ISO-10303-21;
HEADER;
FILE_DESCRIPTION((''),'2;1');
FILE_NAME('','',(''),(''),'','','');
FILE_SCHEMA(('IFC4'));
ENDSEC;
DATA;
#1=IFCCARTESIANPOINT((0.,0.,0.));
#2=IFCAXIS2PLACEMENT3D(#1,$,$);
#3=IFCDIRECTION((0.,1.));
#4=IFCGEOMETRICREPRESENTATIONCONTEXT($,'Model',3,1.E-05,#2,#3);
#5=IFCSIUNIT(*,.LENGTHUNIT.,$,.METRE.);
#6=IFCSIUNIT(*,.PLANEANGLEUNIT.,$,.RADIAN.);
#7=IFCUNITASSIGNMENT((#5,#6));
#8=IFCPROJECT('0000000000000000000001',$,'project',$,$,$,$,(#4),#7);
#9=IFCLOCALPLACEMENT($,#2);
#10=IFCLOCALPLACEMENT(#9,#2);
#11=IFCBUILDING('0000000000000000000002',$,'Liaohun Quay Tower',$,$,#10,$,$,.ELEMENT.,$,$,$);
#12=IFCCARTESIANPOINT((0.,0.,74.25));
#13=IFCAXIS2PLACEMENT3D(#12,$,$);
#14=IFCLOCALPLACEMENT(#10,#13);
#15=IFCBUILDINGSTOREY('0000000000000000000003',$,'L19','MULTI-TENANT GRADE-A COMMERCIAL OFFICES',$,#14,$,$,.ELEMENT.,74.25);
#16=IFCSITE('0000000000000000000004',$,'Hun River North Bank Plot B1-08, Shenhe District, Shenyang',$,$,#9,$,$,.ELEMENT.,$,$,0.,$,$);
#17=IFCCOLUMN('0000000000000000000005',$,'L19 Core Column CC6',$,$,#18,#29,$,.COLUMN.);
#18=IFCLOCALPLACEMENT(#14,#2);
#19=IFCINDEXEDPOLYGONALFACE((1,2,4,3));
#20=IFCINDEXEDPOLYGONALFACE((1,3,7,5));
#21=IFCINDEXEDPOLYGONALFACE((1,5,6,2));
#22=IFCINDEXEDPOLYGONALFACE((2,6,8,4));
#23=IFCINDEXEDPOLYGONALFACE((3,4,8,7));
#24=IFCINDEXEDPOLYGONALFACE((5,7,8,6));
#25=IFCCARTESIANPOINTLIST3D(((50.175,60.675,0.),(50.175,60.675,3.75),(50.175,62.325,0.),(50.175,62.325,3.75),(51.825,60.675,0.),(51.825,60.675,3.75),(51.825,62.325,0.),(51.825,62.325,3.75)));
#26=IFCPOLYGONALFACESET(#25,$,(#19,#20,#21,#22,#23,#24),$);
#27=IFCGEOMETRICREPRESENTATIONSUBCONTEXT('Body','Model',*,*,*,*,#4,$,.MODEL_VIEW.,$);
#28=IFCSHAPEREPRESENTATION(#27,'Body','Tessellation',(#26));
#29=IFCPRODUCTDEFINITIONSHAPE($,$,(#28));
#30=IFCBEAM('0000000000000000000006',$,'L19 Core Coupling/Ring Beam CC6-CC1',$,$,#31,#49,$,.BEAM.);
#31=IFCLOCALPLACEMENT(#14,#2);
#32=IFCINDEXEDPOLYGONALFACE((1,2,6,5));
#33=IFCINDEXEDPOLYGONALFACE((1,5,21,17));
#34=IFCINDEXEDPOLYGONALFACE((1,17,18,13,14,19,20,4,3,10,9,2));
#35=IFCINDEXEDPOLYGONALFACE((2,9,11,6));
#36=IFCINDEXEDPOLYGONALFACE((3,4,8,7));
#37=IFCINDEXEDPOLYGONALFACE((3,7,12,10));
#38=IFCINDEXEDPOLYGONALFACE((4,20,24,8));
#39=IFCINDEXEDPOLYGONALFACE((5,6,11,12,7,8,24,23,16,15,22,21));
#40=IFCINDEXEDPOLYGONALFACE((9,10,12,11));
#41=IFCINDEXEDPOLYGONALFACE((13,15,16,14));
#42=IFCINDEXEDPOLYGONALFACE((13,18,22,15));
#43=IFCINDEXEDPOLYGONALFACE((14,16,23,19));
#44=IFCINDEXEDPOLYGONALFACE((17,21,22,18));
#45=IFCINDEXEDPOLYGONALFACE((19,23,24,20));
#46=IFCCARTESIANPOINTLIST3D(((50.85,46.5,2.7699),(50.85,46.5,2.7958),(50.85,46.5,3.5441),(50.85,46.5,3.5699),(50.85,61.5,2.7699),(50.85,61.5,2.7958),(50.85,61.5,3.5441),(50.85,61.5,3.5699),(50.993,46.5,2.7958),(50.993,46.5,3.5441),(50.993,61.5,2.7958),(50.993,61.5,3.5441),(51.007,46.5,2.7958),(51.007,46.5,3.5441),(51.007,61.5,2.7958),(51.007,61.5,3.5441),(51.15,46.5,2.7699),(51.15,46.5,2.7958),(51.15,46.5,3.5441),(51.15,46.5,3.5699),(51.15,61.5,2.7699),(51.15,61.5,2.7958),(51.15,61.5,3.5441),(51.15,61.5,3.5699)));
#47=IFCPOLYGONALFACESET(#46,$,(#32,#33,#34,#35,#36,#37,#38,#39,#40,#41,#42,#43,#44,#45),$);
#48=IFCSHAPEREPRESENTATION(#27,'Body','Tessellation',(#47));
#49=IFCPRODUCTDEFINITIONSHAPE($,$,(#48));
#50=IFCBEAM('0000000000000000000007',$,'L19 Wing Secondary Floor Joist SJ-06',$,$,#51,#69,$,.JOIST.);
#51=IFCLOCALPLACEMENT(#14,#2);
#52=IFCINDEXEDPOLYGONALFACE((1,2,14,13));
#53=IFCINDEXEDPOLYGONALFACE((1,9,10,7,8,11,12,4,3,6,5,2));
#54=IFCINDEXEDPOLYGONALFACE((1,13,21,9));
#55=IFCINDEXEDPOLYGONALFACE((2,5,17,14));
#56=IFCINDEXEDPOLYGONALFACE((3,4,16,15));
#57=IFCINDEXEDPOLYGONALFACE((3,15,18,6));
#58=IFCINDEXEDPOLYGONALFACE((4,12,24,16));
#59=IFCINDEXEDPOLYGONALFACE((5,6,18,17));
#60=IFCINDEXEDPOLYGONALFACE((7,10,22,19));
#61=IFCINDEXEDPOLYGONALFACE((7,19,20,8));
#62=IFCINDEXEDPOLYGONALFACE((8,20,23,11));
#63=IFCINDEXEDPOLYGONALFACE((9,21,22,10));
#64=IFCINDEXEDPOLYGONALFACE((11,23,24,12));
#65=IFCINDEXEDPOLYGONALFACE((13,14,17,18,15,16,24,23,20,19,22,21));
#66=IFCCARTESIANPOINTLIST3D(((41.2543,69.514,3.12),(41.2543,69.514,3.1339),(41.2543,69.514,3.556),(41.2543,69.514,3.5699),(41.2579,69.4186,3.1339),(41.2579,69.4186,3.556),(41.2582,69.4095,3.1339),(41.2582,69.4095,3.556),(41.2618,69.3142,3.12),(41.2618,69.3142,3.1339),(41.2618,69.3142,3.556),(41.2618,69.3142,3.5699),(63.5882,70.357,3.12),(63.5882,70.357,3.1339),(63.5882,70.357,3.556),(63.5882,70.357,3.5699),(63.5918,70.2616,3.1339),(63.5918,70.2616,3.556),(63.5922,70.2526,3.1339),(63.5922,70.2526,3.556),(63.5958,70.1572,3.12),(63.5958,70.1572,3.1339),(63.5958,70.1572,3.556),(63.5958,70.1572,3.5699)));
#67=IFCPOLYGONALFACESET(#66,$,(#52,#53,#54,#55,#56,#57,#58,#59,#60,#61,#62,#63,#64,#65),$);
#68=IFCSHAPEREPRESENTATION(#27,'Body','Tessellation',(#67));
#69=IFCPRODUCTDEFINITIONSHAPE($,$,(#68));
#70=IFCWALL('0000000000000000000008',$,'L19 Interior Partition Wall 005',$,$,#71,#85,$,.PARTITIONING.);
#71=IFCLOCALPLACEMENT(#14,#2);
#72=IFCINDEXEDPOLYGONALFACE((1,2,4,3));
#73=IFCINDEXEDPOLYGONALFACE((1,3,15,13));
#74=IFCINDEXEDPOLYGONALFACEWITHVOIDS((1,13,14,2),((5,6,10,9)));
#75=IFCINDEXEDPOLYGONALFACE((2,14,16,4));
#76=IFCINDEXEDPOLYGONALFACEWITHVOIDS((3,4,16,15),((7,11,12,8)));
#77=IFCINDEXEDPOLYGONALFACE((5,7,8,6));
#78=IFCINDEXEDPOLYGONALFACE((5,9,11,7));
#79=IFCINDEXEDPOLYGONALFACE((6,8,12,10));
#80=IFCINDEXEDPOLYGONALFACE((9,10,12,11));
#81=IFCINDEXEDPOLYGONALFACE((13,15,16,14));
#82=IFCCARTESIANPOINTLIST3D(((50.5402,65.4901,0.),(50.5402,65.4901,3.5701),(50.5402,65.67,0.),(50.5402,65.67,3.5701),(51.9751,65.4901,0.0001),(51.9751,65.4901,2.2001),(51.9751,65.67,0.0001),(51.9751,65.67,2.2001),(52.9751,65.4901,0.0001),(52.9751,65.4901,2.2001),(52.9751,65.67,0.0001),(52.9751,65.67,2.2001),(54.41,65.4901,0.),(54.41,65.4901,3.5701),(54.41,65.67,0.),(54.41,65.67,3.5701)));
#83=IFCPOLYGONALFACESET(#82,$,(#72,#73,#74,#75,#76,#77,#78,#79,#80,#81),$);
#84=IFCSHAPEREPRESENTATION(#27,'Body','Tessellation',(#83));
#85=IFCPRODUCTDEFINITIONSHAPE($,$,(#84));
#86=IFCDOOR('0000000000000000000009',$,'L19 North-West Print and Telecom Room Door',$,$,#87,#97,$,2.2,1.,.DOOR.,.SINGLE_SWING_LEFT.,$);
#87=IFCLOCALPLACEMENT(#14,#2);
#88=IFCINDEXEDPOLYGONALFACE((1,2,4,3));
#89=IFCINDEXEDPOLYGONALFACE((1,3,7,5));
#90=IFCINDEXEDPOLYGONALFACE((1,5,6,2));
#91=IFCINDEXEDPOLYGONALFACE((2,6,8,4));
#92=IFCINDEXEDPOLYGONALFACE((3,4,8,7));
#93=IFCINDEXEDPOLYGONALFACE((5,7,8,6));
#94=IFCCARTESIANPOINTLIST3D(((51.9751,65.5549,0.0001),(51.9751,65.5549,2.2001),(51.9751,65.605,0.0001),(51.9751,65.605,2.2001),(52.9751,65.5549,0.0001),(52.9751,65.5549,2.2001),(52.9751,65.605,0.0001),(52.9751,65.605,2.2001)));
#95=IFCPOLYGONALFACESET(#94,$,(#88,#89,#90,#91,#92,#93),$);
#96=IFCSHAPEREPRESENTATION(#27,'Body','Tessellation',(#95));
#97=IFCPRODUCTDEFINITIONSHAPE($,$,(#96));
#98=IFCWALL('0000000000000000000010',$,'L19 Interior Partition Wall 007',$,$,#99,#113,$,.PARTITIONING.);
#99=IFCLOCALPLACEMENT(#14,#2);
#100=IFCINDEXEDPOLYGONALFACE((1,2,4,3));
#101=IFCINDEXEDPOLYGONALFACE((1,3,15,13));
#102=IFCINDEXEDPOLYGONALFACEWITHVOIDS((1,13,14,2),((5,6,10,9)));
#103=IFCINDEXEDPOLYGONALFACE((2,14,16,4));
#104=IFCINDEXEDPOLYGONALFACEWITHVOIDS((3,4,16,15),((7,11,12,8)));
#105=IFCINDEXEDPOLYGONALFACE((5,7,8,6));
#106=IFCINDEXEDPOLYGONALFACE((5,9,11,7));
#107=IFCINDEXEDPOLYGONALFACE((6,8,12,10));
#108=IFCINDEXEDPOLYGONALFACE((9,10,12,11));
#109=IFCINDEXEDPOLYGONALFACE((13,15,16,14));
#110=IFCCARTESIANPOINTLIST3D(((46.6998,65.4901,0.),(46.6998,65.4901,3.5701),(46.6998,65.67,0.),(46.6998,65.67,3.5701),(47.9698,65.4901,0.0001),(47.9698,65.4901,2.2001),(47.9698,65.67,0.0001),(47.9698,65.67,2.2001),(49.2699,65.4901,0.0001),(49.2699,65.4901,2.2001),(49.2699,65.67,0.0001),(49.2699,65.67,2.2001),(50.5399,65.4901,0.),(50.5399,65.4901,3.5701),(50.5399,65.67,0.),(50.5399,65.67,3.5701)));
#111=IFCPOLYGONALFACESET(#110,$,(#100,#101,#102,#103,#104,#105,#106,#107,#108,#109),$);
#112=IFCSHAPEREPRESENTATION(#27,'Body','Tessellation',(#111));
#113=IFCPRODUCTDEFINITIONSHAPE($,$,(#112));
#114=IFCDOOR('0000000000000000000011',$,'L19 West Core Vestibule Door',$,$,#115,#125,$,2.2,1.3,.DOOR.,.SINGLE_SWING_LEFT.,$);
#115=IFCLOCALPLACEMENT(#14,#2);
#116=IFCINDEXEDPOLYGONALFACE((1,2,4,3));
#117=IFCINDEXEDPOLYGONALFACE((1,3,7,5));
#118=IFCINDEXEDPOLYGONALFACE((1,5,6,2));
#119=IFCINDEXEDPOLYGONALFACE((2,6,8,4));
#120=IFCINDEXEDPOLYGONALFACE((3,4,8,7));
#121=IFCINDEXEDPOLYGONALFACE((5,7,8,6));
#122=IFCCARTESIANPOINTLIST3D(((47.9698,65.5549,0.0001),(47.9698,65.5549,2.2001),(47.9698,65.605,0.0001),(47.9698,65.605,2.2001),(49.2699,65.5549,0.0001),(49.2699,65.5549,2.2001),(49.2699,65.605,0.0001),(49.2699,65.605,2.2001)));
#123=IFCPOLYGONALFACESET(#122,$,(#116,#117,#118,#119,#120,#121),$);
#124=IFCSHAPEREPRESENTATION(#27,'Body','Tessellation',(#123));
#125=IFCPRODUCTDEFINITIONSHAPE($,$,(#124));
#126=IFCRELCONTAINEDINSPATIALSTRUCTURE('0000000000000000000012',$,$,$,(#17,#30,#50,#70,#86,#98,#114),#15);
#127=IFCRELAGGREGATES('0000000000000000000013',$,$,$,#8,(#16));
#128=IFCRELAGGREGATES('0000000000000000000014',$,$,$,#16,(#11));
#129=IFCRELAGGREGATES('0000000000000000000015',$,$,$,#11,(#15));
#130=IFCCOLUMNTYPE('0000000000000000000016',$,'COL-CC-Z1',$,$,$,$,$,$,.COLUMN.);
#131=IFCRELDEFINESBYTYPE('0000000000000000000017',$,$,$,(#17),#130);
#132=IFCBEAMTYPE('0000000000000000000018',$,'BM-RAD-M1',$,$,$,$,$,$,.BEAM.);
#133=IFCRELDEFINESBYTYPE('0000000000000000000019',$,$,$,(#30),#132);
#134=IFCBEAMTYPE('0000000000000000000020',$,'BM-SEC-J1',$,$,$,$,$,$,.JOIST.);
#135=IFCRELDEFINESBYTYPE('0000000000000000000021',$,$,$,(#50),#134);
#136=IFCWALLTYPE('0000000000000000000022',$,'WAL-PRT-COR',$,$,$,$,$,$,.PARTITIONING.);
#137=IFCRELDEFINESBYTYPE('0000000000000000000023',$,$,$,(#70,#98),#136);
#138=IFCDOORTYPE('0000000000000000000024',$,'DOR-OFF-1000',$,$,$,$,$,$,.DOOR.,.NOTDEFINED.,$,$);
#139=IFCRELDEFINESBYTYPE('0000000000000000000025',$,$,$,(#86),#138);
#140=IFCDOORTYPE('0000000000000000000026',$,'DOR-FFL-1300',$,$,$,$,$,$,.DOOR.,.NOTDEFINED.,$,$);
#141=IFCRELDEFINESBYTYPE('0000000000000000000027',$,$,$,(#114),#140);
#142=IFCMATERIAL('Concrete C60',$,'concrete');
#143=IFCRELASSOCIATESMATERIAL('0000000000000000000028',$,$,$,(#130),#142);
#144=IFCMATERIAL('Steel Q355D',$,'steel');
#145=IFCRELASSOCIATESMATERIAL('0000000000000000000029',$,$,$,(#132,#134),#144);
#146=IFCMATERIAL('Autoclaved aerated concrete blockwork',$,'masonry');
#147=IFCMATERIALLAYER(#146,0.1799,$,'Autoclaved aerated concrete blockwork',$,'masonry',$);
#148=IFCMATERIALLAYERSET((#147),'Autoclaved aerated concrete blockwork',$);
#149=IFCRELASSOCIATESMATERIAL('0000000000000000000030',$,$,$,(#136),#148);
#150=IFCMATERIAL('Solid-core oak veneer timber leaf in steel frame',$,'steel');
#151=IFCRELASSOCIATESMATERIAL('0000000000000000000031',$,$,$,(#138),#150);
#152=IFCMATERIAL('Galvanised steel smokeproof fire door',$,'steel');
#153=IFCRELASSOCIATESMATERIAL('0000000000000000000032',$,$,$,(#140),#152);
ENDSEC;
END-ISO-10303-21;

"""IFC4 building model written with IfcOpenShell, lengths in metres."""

from ifc_helpers import new_model, si_unit, direction, frame, frame_2d, origin, origin_2d, place, context, subcontext, project, spatial, rectangle, i_section, extrude, source, transform, mapped, material, layer, layer_set, material_profile, profile_set, type_object, element, fill, save


model = new_model("IFC4")

# Units and contexts
model_context = context("Model", 3, precision=1e-05, world=origin(), true_north=direction((0.0, 1.0)))
body_context = subcontext(model_context, "Body", "Model", "MODEL_VIEW")
ifc_project = project(units=[si_unit("LENGTHUNIT", "METRE"), si_unit("PLANEANGLEUNIT", "RADIAN")], contexts=[model_context])

# Site, building, storey
site_placement = place(None, origin())
site = spatial("IfcSite", under=ifc_project, at=site_placement, Name="Hun River North Bank Plot B1-08, Shenhe District, Shenyang", CompositionType="ELEMENT", RefElevation=0.0)
building_placement = place(site_placement, origin())
building = spatial("IfcBuilding", under=site, at=building_placement, Name="Liaohun Quay Tower", CompositionType="ELEMENT")
storey_placement = place(building_placement, frame((0.0, 0.0, 74.25)))
storey = spatial("IfcBuildingStorey", under=building, at=storey_placement, Name="L19", Description="MULTI-TENANT GRADE-A COMMERCIAL OFFICES", CompositionType="ELEMENT", Elevation=74.25)

# Column
ifc_material_1 = material(Name="Concrete C60", Category="concrete")
ifc_material_profile_1 = material_profile(ifc_material_1, rectangle(XDim=1.6499, YDim=1.6499, at=origin_2d()), Name="RC1650x1650")
ifc_profile_set_1 = profile_set([ifc_material_profile_1], Name="Concrete C60")
column_type = type_object("IfcColumnType", Name="COL-CC-Z1", PredefinedType="COLUMN", material=ifc_profile_set_1)
shared_shape_1 = source(origin(), body_context, "Body", "SweptSolid", [
    extrude(rectangle(XDim=1.6499, YDim=1.6499, at=origin_2d()), origin(), (0.0, 0.0, 1.0), 3.75),
])
column_placement = place(storey_placement, frame((51.0, 61.5, 0.0), z_axis=(0.0, 0.0, 1.0), x_axis=(1.0, 0.0, 0.0)))
element("IfcColumn", 1, at=column_placement, inside=storey, type_object=column_type, Name="L19 Core Column CC6", PredefinedType="COLUMN", context=body_context, shape_type="MappedRepresentation", body=[
    mapped(shared_shape_1, transform((0.0, 0.0, 0.0), x_axis=(1.0, 0.0, 0.0), y_axis=(0.0, 1.0, 0.0), z_axis=(0.0, 0.0, 1.0), scale=1.0)),
])

# Beams
ifc_material_2 = material(Name="Steel Q355D", Category="steel")
ifc_material_profile_2 = material_profile(ifc_material_2, i_section(OverallWidth=0.3, OverallDepth=0.8, WebThickness=0.0139, FlangeThickness=0.0259, at=origin_2d()), Name="HN800x300x14x26")
ifc_profile_set_2 = profile_set([ifc_material_profile_2], Name="Steel Q355D")
beam_type_1 = type_object("IfcBeamType", Name="BM-RAD-M1", PredefinedType="BEAM", material=ifc_profile_set_2)
shared_shape_2 = source(origin(), body_context, "Body", "SweptSolid", [
    extrude(i_section(OverallWidth=0.3, OverallDepth=0.8, WebThickness=0.0139, FlangeThickness=0.0259, at=origin_2d()), origin(), (0.0, 0.0, 1.0), 15.0),
])
beam_1_placement = place(storey_placement, frame((51.0, 61.5, 3.1699), z_axis=(0.0, -1.0, 0.0), x_axis=(1.0, 0.0, 0.0)))
element("IfcBeam", 2, at=beam_1_placement, inside=storey, type_object=beam_type_1, Name="L19 Core Coupling/Ring Beam CC6-CC1", PredefinedType="BEAM", context=body_context, shape_type="MappedRepresentation", body=[
    mapped(shared_shape_2, transform((0.0, 0.0, 0.0), x_axis=(1.0, 0.0, 0.0), y_axis=(0.0, 1.0, 0.0), z_axis=(0.0, 0.0, 1.0), scale=1.0)),
])
ifc_material_profile_3 = material_profile(ifc_material_2, i_section(OverallWidth=0.2, OverallDepth=0.45, WebThickness=0.009, FlangeThickness=0.0139, at=origin_2d()), Name="HN450x200x9x14")
ifc_profile_set_3 = profile_set([ifc_material_profile_3], Name="Steel Q355D")
beam_type_2 = type_object("IfcBeamType", Name="BM-SEC-J1", PredefinedType="JOIST", material=ifc_profile_set_3)
shared_shape_3 = source(origin(), body_context, "Body", "SweptSolid", [
    extrude(i_section(OverallWidth=0.2, OverallDepth=0.45, WebThickness=0.009, FlangeThickness=0.0139, at=origin_2d()), origin(), (0.0, 0.0, 1.0), 22.3499),
])
beam_2_placement = place(storey_placement, frame((41.2581, 69.4141, 3.345), z_axis=(0.999288, 0.037719, 0.0), x_axis=(-0.037719, 0.999288, 0.0)))
element("IfcBeam", 3, at=beam_2_placement, inside=storey, type_object=beam_type_2, Name="L19 Wing Secondary Floor Joist SJ-06", PredefinedType="JOIST", context=body_context, shape_type="MappedRepresentation", body=[
    mapped(shared_shape_3, transform((0.0, 0.0, 0.0), x_axis=(1.0, 0.0, 0.0), y_axis=(0.0, 1.0, 0.0), z_axis=(0.0, 0.0, 1.0), scale=1.0)),
])

# Walls, openings, doors
ifc_material_3 = material(Name="Autoclaved aerated concrete blockwork", Category="masonry")
ifc_layer_1 = layer(ifc_material_3, 0.1799, Name="Autoclaved aerated concrete blockwork", Category="masonry")
ifc_layer_set_1 = layer_set([ifc_layer_1], Name="Autoclaved aerated concrete blockwork")
wall_type_1 = type_object("IfcWallType", Name="WAL-PRT-COR", PredefinedType="PARTITIONING", material=ifc_layer_set_1)
wall_1_placement = place(storey_placement, frame((50.54, 65.5801, 0.0), z_axis=(0.0, 0.0, 1.0), x_axis=(1.0, 0.0, 0.0)))
wall_1 = element("IfcWall", 4, at=wall_1_placement, inside=storey, type_object=wall_type_1, Name="L19 Interior Partition Wall 005", PredefinedType="PARTITIONING", context=body_context, shape_type="SweptSolid", body=[
    extrude(rectangle(XDim=3.8699, YDim=0.1799, at=frame_2d((1.9351, 0.0))), origin(), (0.0, 0.0, 1.0), 3.5701),
])
shared_shape_4 = source(origin(), body_context, "Body", "SweptSolid", [
    extrude(rectangle(XDim=1.0, YDim=2.2, at=frame_2d((0.5, 1.1001))), frame((0.0, 0.0999, 0.0), z_axis=(0.0, -1.0, 0.0), x_axis=(1.0, 0.0, 0.0)), (0.0, 0.0, 1.0), 0.2),
])
opening_1_placement = place(wall_1_placement, frame((1.4351, 0.0, 0.0)))
opening_1 = element("IfcOpeningElement", 5, at=opening_1_placement, cuts=wall_1, PredefinedType="OPENING", context=body_context, shape_type="MappedRepresentation", body=[
    mapped(shared_shape_4, transform((0.0, 0.0, 0.0), x_axis=(1.0, 0.0, 0.0), y_axis=(0.0, 1.0, 0.0), z_axis=(0.0, 0.0, 1.0), scale=1.0)),
])
ifc_material_4 = material(Name="Solid-core oak veneer timber leaf in steel frame", Category="steel")
door_type_1 = type_object("IfcDoorType", Name="DOR-OFF-1000", OperationType="NOTDEFINED", PredefinedType="DOOR", material=ifc_material_4)
shared_shape_5 = source(origin(), body_context, "Body", "SweptSolid", [
    extrude(rectangle(XDim=1.0, YDim=2.2, at=frame_2d((0.5, 1.1001))), frame((0.0, 0.0249, 0.0), z_axis=(0.0, -1.0, 0.0), x_axis=(1.0, 0.0, 0.0)), (0.0, 0.0, 1.0), 0.05),
])
door_1_placement = place(opening_1_placement, origin())
door_1 = element("IfcDoor", 6, at=door_1_placement, inside=storey, type_object=door_type_1, Name="L19 North-West Print and Telecom Room Door", OperationType="SINGLE_SWING_LEFT", OverallHeight=2.2, OverallWidth=1.0, PredefinedType="DOOR", context=body_context, shape_type="MappedRepresentation", body=[
    mapped(shared_shape_5, transform((0.0, 0.0, 0.0), x_axis=(1.0, 0.0, 0.0), y_axis=(0.0, 1.0, 0.0), z_axis=(0.0, 0.0, 1.0), scale=1.0)),
])
fill(opening_1, door_1)
wall_2_placement = place(storey_placement, frame((46.7, 65.5801, 0.0), z_axis=(0.0, 0.0, 1.0), x_axis=(1.0, 0.0, 0.0)))
wall_2 = element("IfcWall", 7, at=wall_2_placement, inside=storey, type_object=wall_type_1, Name="L19 Interior Partition Wall 007", PredefinedType="PARTITIONING", context=body_context, shape_type="SweptSolid", body=[
    extrude(rectangle(XDim=3.8401, YDim=0.1799, at=frame_2d((1.9199, 0.0))), origin(), (0.0, 0.0, 1.0), 3.5701),
])
shared_shape_6 = source(origin(), body_context, "Body", "SweptSolid", [
    extrude(rectangle(XDim=1.3, YDim=2.2, at=frame_2d((0.6499, 1.1001))), frame((0.0, 0.0999, 0.0), z_axis=(0.0, -1.0, 0.0), x_axis=(1.0, 0.0, 0.0)), (0.0, 0.0, 1.0), 0.2),
])
opening_2_placement = place(wall_2_placement, frame((1.27, 0.0, 0.0)))
opening_2 = element("IfcOpeningElement", 8, at=opening_2_placement, cuts=wall_2, PredefinedType="OPENING", context=body_context, shape_type="MappedRepresentation", body=[
    mapped(shared_shape_6, transform((0.0, 0.0, 0.0), x_axis=(1.0, 0.0, 0.0), y_axis=(0.0, 1.0, 0.0), z_axis=(0.0, 0.0, 1.0), scale=1.0)),
])
ifc_material_5 = material(Name="Galvanised steel smokeproof fire door", Category="steel")
door_type_2 = type_object("IfcDoorType", Name="DOR-FFL-1300", OperationType="NOTDEFINED", PredefinedType="DOOR", material=ifc_material_5)
shared_shape_7 = source(origin(), body_context, "Body", "SweptSolid", [
    extrude(rectangle(XDim=1.3, YDim=2.2, at=frame_2d((0.6499, 1.1001))), frame((0.0, 0.0249, 0.0), z_axis=(0.0, -1.0, 0.0), x_axis=(1.0, 0.0, 0.0)), (0.0, 0.0, 1.0), 0.05),
])
door_2_placement = place(opening_2_placement, origin())
door_2 = element("IfcDoor", 9, at=door_2_placement, inside=storey, type_object=door_type_2, Name="L19 West Core Vestibule Door", OperationType="SINGLE_SWING_LEFT", OverallHeight=2.2, OverallWidth=1.3, PredefinedType="DOOR", context=body_context, shape_type="MappedRepresentation", body=[
    mapped(shared_shape_7, transform((0.0, 0.0, 0.0), x_axis=(1.0, 0.0, 0.0), y_axis=(0.0, 1.0, 0.0), z_axis=(0.0, 0.0, 1.0), scale=1.0)),
])
fill(opening_2, door_2)

save(model, "model.ifc")
